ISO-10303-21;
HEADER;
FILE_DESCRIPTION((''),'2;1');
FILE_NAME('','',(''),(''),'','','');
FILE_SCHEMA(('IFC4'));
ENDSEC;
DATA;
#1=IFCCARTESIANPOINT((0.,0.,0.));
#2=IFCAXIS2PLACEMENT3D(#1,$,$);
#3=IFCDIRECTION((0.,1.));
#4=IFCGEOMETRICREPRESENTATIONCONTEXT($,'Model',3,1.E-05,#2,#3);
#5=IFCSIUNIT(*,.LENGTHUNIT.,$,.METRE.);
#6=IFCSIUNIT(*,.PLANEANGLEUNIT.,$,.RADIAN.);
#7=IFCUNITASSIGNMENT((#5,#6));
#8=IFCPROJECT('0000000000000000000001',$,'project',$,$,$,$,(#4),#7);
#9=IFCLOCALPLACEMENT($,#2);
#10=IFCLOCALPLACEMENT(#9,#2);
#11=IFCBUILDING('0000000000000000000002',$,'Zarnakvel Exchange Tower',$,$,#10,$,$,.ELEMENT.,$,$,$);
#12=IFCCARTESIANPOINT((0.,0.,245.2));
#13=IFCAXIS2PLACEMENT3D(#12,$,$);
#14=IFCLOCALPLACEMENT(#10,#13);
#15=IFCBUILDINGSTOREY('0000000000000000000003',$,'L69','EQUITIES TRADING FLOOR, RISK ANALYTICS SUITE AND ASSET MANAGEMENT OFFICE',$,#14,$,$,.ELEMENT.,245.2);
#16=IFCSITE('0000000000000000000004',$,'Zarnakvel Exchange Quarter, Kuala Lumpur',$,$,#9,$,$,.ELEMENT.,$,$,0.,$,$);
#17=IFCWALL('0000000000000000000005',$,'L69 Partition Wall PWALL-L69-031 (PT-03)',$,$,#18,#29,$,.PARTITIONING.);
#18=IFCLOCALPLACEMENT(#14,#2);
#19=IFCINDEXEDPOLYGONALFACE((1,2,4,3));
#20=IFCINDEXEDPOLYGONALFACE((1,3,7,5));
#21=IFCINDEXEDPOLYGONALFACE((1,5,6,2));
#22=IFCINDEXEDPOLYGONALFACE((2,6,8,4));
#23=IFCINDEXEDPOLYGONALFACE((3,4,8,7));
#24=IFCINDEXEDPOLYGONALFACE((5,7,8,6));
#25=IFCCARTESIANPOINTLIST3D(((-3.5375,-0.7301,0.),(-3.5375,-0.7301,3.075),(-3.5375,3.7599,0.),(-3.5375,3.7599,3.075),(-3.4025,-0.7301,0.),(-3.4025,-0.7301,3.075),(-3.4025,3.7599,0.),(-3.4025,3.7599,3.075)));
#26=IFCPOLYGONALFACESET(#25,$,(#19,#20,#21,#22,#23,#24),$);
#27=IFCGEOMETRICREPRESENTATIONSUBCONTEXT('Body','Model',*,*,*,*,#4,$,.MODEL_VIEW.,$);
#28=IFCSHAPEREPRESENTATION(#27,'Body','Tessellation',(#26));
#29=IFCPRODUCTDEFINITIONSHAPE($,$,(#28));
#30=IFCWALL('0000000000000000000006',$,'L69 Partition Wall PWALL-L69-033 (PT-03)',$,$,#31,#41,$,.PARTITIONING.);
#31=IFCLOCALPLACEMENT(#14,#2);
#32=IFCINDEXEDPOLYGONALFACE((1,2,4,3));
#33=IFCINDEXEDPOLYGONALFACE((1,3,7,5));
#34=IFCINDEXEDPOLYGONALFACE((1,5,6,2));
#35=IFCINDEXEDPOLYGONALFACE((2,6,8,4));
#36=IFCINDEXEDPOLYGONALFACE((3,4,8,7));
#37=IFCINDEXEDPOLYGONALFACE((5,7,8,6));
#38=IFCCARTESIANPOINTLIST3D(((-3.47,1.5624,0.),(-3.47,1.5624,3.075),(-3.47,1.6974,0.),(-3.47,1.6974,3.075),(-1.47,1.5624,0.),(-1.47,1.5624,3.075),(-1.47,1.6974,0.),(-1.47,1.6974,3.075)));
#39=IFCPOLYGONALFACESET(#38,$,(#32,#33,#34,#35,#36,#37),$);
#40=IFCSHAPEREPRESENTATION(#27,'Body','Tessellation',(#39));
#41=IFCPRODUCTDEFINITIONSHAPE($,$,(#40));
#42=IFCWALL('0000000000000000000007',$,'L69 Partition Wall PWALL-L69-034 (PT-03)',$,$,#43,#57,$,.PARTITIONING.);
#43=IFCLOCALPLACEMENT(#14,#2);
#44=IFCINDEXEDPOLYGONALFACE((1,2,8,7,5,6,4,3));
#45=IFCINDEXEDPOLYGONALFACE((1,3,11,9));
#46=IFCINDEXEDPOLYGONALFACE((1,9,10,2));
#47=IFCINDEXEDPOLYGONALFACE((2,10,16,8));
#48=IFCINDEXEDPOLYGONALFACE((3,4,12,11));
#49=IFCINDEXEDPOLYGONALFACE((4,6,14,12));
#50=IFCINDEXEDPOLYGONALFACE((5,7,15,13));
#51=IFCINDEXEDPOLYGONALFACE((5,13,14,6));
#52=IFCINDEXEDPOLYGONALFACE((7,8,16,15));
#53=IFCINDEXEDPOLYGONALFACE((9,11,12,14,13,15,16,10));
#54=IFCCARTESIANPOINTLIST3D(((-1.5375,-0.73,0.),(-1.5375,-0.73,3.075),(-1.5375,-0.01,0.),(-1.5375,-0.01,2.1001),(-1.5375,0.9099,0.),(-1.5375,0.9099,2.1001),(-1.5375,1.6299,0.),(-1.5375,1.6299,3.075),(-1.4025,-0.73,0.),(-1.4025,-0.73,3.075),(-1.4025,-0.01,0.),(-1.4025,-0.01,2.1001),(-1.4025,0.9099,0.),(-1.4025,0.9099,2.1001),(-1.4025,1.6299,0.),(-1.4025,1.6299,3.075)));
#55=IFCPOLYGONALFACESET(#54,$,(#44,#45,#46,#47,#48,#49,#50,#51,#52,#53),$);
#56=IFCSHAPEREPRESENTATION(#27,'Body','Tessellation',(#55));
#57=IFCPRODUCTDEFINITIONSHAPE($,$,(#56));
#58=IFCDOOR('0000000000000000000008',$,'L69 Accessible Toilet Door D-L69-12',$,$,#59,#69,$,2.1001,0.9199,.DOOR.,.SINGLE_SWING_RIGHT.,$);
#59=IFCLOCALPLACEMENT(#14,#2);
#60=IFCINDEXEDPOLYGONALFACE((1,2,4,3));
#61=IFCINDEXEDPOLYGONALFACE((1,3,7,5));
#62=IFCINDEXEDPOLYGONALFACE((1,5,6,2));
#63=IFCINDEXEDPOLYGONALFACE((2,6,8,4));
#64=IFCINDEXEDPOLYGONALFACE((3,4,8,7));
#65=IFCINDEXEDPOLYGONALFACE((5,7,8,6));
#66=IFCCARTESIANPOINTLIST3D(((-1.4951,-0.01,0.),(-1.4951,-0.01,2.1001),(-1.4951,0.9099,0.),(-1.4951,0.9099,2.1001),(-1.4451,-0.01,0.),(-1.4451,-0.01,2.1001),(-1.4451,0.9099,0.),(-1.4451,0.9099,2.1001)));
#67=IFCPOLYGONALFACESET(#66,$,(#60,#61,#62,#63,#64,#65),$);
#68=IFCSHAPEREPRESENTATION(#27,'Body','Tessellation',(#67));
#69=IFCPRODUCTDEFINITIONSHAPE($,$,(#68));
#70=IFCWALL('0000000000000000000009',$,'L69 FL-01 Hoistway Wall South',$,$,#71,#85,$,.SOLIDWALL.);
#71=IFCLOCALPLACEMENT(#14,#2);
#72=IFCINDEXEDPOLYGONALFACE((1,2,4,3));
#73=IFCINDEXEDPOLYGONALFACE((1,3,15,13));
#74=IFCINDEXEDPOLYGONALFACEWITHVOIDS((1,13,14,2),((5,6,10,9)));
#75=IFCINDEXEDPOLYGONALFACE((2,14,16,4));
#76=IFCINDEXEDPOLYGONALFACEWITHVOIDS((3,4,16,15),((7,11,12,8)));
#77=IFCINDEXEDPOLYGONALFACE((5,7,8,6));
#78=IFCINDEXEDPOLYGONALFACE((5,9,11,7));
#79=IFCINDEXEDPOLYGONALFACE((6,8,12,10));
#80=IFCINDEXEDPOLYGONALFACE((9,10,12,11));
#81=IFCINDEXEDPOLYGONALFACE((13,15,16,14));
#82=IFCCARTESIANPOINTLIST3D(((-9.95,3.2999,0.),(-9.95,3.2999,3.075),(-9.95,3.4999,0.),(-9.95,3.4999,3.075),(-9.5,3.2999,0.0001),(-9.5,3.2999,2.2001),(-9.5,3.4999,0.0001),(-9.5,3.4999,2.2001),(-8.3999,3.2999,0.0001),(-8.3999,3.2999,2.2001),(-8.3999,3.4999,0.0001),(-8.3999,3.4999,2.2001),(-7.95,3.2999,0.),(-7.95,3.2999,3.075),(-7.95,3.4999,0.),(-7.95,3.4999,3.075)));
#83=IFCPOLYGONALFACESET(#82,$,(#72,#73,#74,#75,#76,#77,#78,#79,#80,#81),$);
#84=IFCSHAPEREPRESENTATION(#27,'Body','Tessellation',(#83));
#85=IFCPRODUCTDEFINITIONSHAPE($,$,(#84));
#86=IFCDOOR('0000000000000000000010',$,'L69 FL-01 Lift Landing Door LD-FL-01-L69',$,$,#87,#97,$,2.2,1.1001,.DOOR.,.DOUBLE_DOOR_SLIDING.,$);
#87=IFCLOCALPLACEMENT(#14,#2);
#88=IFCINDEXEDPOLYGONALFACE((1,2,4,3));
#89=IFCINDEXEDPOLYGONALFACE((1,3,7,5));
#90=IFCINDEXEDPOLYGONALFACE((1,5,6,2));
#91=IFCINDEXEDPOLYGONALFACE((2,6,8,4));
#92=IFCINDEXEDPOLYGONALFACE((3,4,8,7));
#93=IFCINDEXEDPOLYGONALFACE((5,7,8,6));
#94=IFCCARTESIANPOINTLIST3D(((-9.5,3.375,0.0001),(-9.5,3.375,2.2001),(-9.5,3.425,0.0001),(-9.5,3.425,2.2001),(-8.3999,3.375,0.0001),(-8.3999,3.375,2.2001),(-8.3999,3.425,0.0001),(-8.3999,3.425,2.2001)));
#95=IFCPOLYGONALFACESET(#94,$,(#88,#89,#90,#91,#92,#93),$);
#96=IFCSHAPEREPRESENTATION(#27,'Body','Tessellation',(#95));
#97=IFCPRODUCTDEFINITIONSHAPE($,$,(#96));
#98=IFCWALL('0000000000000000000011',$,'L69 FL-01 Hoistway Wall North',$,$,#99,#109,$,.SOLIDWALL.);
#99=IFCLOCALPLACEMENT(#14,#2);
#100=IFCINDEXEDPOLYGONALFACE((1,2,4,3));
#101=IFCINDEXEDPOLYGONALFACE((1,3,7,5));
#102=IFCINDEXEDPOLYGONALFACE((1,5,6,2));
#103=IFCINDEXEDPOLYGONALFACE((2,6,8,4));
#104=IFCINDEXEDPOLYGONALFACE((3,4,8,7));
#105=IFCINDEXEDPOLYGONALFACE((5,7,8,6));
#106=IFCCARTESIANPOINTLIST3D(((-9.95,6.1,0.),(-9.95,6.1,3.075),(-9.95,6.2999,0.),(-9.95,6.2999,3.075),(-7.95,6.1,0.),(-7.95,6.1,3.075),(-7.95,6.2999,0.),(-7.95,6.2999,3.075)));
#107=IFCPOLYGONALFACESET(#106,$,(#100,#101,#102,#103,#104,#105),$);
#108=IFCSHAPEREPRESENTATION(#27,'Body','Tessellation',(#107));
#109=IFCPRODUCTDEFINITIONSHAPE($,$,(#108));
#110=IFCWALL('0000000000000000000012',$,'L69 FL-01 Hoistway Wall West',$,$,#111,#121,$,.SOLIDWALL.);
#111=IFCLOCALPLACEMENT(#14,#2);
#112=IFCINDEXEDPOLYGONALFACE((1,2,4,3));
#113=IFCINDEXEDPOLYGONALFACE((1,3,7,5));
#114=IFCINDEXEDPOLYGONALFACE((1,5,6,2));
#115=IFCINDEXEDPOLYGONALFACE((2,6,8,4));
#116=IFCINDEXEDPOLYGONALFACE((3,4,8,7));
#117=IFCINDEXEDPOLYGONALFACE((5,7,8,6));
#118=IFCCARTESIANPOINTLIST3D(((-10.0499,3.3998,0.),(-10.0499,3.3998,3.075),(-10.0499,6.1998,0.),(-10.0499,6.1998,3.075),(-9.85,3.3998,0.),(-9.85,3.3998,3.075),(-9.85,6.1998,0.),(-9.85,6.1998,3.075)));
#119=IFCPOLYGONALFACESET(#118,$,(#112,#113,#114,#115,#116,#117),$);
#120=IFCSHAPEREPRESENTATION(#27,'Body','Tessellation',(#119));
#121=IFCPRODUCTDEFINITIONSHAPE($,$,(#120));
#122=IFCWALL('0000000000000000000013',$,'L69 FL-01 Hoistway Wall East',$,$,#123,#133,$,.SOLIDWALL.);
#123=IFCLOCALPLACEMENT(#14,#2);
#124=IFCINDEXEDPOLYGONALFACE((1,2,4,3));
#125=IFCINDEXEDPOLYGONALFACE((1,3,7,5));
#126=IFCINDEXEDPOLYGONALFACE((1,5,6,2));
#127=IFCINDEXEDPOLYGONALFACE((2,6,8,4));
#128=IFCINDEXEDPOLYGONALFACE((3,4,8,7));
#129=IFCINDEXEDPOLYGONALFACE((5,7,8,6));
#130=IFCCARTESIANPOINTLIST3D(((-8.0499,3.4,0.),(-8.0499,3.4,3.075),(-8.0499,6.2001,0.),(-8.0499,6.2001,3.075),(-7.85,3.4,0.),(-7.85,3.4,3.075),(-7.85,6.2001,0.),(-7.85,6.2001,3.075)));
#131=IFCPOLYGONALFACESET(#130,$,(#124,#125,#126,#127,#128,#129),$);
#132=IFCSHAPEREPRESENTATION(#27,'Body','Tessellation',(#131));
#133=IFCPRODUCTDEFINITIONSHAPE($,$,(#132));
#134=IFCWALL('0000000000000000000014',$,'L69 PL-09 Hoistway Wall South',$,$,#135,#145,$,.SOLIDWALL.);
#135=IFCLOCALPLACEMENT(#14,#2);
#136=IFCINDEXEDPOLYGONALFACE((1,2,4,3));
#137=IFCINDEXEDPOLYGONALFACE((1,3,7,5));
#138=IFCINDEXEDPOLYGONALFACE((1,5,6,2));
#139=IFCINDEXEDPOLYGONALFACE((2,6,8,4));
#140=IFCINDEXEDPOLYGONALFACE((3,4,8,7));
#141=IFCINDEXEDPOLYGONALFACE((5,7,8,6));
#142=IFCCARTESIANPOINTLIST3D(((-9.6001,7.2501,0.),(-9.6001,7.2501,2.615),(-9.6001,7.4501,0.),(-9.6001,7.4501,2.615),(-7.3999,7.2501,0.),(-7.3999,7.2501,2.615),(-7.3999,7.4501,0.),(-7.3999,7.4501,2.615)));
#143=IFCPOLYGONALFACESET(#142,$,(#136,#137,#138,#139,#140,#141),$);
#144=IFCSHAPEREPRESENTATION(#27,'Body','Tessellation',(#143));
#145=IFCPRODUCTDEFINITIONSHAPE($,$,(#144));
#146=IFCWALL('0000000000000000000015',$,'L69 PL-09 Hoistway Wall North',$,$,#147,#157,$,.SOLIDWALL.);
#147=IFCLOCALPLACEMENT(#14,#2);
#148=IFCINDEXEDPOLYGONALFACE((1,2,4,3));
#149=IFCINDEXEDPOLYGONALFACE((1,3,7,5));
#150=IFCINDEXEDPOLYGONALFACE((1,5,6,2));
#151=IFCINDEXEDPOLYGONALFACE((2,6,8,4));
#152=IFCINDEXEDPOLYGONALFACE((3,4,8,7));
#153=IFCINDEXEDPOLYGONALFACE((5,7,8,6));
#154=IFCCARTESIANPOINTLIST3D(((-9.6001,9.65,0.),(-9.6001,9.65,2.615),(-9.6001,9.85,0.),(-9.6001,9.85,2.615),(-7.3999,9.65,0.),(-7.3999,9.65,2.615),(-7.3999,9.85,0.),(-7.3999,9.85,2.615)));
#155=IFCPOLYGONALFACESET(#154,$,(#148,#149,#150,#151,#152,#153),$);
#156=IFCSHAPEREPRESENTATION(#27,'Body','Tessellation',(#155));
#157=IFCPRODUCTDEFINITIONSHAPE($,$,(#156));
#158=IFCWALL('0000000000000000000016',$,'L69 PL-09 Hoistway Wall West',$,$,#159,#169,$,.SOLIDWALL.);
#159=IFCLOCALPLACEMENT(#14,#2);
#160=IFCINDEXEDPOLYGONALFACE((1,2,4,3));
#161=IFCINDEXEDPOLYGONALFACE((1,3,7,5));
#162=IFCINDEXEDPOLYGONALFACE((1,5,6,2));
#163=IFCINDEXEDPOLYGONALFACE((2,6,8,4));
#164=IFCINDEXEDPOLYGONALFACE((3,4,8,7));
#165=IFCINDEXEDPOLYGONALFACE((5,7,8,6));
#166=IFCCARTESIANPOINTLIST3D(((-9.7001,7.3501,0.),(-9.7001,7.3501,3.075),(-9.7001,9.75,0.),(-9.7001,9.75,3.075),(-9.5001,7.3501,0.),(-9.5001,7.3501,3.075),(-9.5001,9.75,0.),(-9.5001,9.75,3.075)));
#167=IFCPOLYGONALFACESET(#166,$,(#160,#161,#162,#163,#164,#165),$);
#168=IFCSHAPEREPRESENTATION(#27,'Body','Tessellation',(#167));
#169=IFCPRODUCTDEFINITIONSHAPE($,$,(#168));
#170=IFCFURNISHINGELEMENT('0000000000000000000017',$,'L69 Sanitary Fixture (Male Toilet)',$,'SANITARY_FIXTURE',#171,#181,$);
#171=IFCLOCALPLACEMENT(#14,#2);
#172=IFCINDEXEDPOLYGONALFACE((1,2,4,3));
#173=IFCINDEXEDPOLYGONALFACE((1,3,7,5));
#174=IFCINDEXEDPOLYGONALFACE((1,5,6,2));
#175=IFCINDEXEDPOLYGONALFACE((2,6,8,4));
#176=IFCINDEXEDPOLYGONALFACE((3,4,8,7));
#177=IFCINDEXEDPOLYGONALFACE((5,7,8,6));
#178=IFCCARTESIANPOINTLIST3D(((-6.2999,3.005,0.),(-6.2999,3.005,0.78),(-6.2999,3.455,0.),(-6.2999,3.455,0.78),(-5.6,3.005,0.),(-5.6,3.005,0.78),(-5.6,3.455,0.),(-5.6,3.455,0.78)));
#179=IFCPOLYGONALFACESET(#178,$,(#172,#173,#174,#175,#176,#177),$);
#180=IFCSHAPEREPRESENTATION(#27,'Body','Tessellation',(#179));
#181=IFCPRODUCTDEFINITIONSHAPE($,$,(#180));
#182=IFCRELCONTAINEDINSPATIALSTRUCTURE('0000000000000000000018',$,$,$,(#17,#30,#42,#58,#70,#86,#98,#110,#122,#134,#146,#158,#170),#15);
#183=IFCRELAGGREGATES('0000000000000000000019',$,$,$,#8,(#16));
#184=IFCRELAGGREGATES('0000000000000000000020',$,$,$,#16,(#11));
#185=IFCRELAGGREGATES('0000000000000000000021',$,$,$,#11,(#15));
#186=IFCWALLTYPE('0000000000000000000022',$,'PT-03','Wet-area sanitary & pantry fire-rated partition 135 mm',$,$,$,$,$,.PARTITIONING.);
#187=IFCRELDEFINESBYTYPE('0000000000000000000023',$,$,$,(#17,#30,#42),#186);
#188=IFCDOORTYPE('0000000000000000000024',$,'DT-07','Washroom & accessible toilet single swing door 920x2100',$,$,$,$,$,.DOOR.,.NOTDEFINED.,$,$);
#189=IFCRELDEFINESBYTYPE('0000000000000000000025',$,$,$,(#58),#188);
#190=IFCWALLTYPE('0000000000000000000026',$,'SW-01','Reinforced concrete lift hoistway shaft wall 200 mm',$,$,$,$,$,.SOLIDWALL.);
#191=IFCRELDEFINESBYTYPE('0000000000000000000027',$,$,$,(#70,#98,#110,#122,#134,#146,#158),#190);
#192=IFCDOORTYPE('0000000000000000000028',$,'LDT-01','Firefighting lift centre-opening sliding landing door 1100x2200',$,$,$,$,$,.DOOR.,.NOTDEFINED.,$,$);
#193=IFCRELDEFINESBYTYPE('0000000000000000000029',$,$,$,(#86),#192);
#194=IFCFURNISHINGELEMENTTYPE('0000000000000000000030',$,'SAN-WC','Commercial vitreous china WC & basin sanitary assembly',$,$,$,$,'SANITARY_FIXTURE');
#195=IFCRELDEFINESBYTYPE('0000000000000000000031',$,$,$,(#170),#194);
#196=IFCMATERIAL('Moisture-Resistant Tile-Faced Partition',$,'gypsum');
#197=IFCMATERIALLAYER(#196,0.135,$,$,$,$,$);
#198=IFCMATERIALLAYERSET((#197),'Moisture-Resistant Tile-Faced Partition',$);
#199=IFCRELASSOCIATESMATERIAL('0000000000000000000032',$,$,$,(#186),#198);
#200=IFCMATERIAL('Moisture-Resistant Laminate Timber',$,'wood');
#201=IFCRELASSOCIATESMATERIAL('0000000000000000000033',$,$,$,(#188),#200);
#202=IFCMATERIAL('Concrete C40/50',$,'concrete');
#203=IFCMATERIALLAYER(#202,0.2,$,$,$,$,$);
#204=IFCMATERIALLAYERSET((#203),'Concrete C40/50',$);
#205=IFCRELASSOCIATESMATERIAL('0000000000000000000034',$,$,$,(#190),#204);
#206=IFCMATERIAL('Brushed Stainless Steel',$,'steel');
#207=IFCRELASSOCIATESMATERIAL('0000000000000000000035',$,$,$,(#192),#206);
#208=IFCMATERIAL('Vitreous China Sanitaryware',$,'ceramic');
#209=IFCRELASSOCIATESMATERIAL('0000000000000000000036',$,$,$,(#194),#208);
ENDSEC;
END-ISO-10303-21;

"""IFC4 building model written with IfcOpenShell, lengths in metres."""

from ifc_helpers import new_model, si_unit, direction, frame, frame_2d, origin, origin_2d, place, context, subcontext, project, spatial, rectangle, extrude, source, transform, mapped, material, layer, layer_set, type_object, element, fill, save


model = new_model("IFC4")

# Units and contexts
model_context = context("Model", 3, precision=1e-05, world=origin(), true_north=direction((0.0, 1.0)))
body_context = subcontext(model_context, "Body", "Model", "MODEL_VIEW")
ifc_project = project(units=[si_unit("LENGTHUNIT", "METRE"), si_unit("PLANEANGLEUNIT", "RADIAN")], contexts=[model_context])

# Site, building, storey
site_placement = place(None, origin())
site = spatial("IfcSite", under=ifc_project, at=site_placement, Name="Zarnakvel Exchange Quarter, Kuala Lumpur", CompositionType="ELEMENT", RefElevation=0.0)
building_placement = place(site_placement, origin())
building = spatial("IfcBuilding", under=site, at=building_placement, Name="Zarnakvel Exchange Tower", CompositionType="ELEMENT")
storey_placement = place(building_placement, frame((0.0, 0.0, 245.2)))
storey = spatial("IfcBuildingStorey", under=building, at=storey_placement, Name="L69", Description="EQUITIES TRADING FLOOR, RISK ANALYTICS SUITE AND ASSET MANAGEMENT OFFICE", CompositionType="ELEMENT", Elevation=245.2)

# Walls
ifc_material_1 = material(Name="Moisture-Resistant Tile-Faced Partition", Category="gypsum")
ifc_layer_1 = layer(ifc_material_1, 0.135)
ifc_layer_set_1 = layer_set([ifc_layer_1], Name="Moisture-Resistant Tile-Faced Partition")
wall_type_1 = type_object("IfcWallType", Name="PT-03", Description="Wet-area sanitary & pantry fire-rated partition 135 mm", PredefinedType="PARTITIONING", material=ifc_layer_set_1)
wall_1_placement = place(storey_placement, frame((-3.47, 3.76, 0.0), z_axis=(0.0, 0.0, 1.0), x_axis=(0.0, -1.0, 0.0)))
element("IfcWall", 1, at=wall_1_placement, inside=storey, type_object=wall_type_1, Name="L69 Partition Wall PWALL-L69-031 (PT-03)", PredefinedType="PARTITIONING", context=body_context, shape_type="SweptSolid", body=[
    extrude(rectangle(XDim=4.49, YDim=0.135, at=frame_2d((2.2451, 0.0))), origin(), (0.0, 0.0, 1.0), 3.075),
])
wall_2_placement = place(storey_placement, frame((-3.47, 1.6299, 0.0), z_axis=(0.0, 0.0, 1.0), x_axis=(1.0, 0.0, 0.0)))
element("IfcWall", 2, at=wall_2_placement, inside=storey, type_object=wall_type_1, Name="L69 Partition Wall PWALL-L69-033 (PT-03)", PredefinedType="PARTITIONING", context=body_context, shape_type="SweptSolid", body=[
    extrude(rectangle(XDim=2.0, YDim=0.135, at=frame_2d((1.0, 0.0))), origin(), (0.0, 0.0, 1.0), 3.075),
])

# Walls, openings, doors
wall_3_placement = place(storey_placement, frame((-1.47, 1.6299, 0.0), z_axis=(0.0, 0.0, 1.0), x_axis=(0.0, -1.0, 0.0)))
wall_3 = element("IfcWall", 3, at=wall_3_placement, inside=storey, type_object=wall_type_1, Name="L69 Partition Wall PWALL-L69-034 (PT-03)", PredefinedType="PARTITIONING", context=body_context, shape_type="SweptSolid", body=[
    extrude(rectangle(XDim=2.3599, YDim=0.135, at=frame_2d((1.1799, 0.0))), origin(), (0.0, 0.0, 1.0), 3.075),
])
opening_1_placement = place(wall_3_placement, frame((0.72, 0.0, 0.0)))
opening_1 = element("IfcOpeningElement", 4, at=opening_1_placement, cuts=wall_3, PredefinedType="OPENING", context=body_context, shape_type="SweptSolid", body=[
    extrude(rectangle(XDim=0.9199, YDim=2.1001, at=frame_2d((0.46, 1.05))), frame((0.0, 0.0774, 0.0), z_axis=(0.0, -1.0, 0.0), x_axis=(1.0, 0.0, 0.0)), (0.0, 0.0, 1.0), 0.155),
])
ifc_material_2 = material(Name="Moisture-Resistant Laminate Timber", Category="wood")
door_type_1 = type_object("IfcDoorType", Name="DT-07", Description="Washroom & accessible toilet single swing door 920x2100", OperationType="NOTDEFINED", PredefinedType="DOOR", material=ifc_material_2)
shared_shape_1 = source(origin(), body_context, "Body", "SweptSolid", [
    extrude(rectangle(XDim=0.9199, YDim=2.1001, at=frame_2d((0.46, 1.05))), frame((0.0, 0.0249, 0.0), z_axis=(0.0, -1.0, 0.0), x_axis=(1.0, 0.0, 0.0)), (0.0, 0.0, 1.0), 0.05),
])
door_1_placement = place(opening_1_placement, origin())
door_1 = element("IfcDoor", 5, at=door_1_placement, inside=storey, type_object=door_type_1, Name="L69 Accessible Toilet Door D-L69-12", OperationType="SINGLE_SWING_RIGHT", OverallHeight=2.1001, OverallWidth=0.9199, PredefinedType="DOOR", context=body_context, shape_type="MappedRepresentation", body=[
    mapped(shared_shape_1, transform((0.0, 0.0, 0.0), x_axis=(1.0, 0.0, 0.0), y_axis=(0.0, 1.0, 0.0), z_axis=(0.0, 0.0, 1.0), scale=1.0)),
])
fill(opening_1, door_1)
ifc_material_3 = material(Name="Concrete C40/50", Category="concrete")
ifc_layer_2 = layer(ifc_material_3, 0.2)
ifc_layer_set_2 = layer_set([ifc_layer_2], Name="Concrete C40/50")
wall_type_2 = type_object("IfcWallType", Name="SW-01", Description="Reinforced concrete lift hoistway shaft wall 200 mm", PredefinedType="SOLIDWALL", material=ifc_layer_set_2)
wall_4_placement = place(storey_placement, frame((-7.95, 3.3999, 0.0), z_axis=(0.0, 0.0, 1.0), x_axis=(-1.0, 0.0, 0.0)))
wall_4 = element("IfcWall", 6, at=wall_4_placement, inside=storey, type_object=wall_type_2, Name="L69 FL-01 Hoistway Wall South", PredefinedType="SOLIDWALL", context=body_context, shape_type="SweptSolid", body=[
    extrude(rectangle(XDim=2.0, YDim=0.2, at=frame_2d((1.0, 0.0))), origin(), (0.0, 0.0, 1.0), 3.075),
])
opening_2_placement = place(wall_4_placement, frame((0.45, 0.0, 0.0)))
opening_2 = element("IfcOpeningElement", 7, at=opening_2_placement, cuts=wall_4, PredefinedType="OPENING", context=body_context, shape_type="SweptSolid", body=[
    extrude(rectangle(XDim=1.1001, YDim=2.2, at=frame_2d((0.55, 1.1001))), frame((0.0, 0.1099, 0.0), z_axis=(0.0, -1.0, 0.0), x_axis=(1.0, 0.0, 0.0)), (0.0, 0.0, 1.0), 0.22),
])
ifc_material_4 = material(Name="Brushed Stainless Steel", Category="steel")
door_type_2 = type_object("IfcDoorType", Name="LDT-01", Description="Firefighting lift centre-opening sliding landing door 1100x2200", OperationType="NOTDEFINED", PredefinedType="DOOR", material=ifc_material_4)
shared_shape_2 = source(origin(), body_context, "Body", "SweptSolid", [
    extrude(rectangle(XDim=1.1001, YDim=2.2, at=frame_2d((0.55, 1.1001))), frame((0.0, 0.0249, 0.0), z_axis=(0.0, -1.0, 0.0), x_axis=(1.0, 0.0, 0.0)), (0.0, 0.0, 1.0), 0.05),
])
door_2_placement = place(opening_2_placement, origin())
door_2 = element("IfcDoor", 8, at=door_2_placement, inside=storey, type_object=door_type_2, Name="L69 FL-01 Lift Landing Door LD-FL-01-L69", OperationType="DOUBLE_DOOR_SLIDING", OverallHeight=2.2, OverallWidth=1.1001, PredefinedType="DOOR", context=body_context, shape_type="MappedRepresentation", body=[
    mapped(shared_shape_2, transform((0.0, 0.0, 0.0), x_axis=(1.0, 0.0, 0.0), y_axis=(0.0, 1.0, 0.0), z_axis=(0.0, 0.0, 1.0), scale=1.0)),
])
fill(opening_2, door_2)

# Walls
wall_5_placement = place(storey_placement, frame((-9.95, 6.2, 0.0), z_axis=(0.0, 0.0, 1.0), x_axis=(1.0, 0.0, 0.0)))
element("IfcWall", 9, at=wall_5_placement, inside=storey, type_object=wall_type_2, Name="L69 FL-01 Hoistway Wall North", PredefinedType="SOLIDWALL", context=body_context, shape_type="SweptSolid", body=[
    extrude(rectangle(XDim=2.0, YDim=0.2, at=frame_2d((1.0, 0.0))), origin(), (0.0, 0.0, 1.0), 3.075),
])
for number, where, z_axis, x_axis, name in (
    (10, (-9.95, 3.3999, 0.0), (0.0, 0.0, 1.0), (0.0, 1.0, 0.0), "L69 FL-01 Hoistway Wall West"),
    (11, (-7.95, 6.2, 0.0), (0.0, 0.0, 1.0), (0.0, -1.0, 0.0), "L69 FL-01 Hoistway Wall East"),
):
    element("IfcWall", number, at=place(storey_placement, frame(where, z_axis=z_axis, x_axis=x_axis)), inside=storey, type_object=wall_type_2, Name=name, PredefinedType="SOLIDWALL", context=body_context, shape_type="SweptSolid", body=[
        extrude(rectangle(XDim=2.8, YDim=0.2, at=frame_2d((1.3999, 0.0))), origin(), (0.0, 0.0, 1.0), 3.075),
    ])
for number, where, z_axis, x_axis, name in (
    (12, (-7.3999, 7.3501, 0.0), (0.0, 0.0, 1.0), (-1.0, 0.0, 0.0), "L69 PL-09 Hoistway Wall South"),
    (13, (-9.6001, 9.75, 0.0), (0.0, 0.0, 1.0), (1.0, 0.0, 0.0), "L69 PL-09 Hoistway Wall North"),
):
    element("IfcWall", number, at=place(storey_placement, frame(where, z_axis=z_axis, x_axis=x_axis)), inside=storey, type_object=wall_type_2, Name=name, PredefinedType="SOLIDWALL", context=body_context, shape_type="SweptSolid", body=[
        extrude(rectangle(XDim=2.2002, YDim=0.2, at=frame_2d((1.1001, 0.0))), origin(), (0.0, 0.0, 1.0), 2.615),
    ])
wall_6_placement = place(storey_placement, frame((-9.6001, 7.3501, 0.0), z_axis=(0.0, 0.0, 1.0), x_axis=(0.0, 1.0, 0.0)))
element("IfcWall", 14, at=wall_6_placement, inside=storey, type_object=wall_type_2, Name="L69 PL-09 Hoistway Wall West", PredefinedType="SOLIDWALL", context=body_context, shape_type="SweptSolid", body=[
    extrude(rectangle(XDim=2.3999, YDim=0.2, at=frame_2d((1.2, 0.0))), origin(), (0.0, 0.0, 1.0), 3.075),
])

# Furnishing element
ifc_material_5 = material(Name="Vitreous China Sanitaryware", Category="ceramic")
furnishing_element_type = type_object("IfcFurnishingElementType", Name="SAN-WC", Description="Commercial vitreous china WC & basin sanitary assembly", ElementType="SANITARY_FIXTURE", material=ifc_material_5)
shared_shape_3 = source(origin(), body_context, "Body", "SweptSolid", [
    extrude(rectangle(XDim=0.7, YDim=0.45, at=origin_2d()), origin(), (0.0, 0.0, 1.0), 0.78),
])
for number, where, z_axis, x_axis, name in (
    (15, (-5.95, 3.23, 0.0), (0.0, 0.0, 1.0), (1.0, 0.0, 0.0), "L69 Sanitary Fixture (Male Toilet)"),
):
    element("IfcFurnishingElement", number, at=place(storey_placement, frame(where, z_axis=z_axis, x_axis=x_axis)), inside=storey, type_object=furnishing_element_type, Name=name, ObjectType="SANITARY_FIXTURE", context=body_context, shape_type="MappedRepresentation", body=[
        mapped(shared_shape_3, transform((0.0, 0.0, 0.0), x_axis=(1.0, 0.0, 0.0), y_axis=(0.0, 1.0, 0.0), z_axis=(0.0, 0.0, 1.0), scale=1.0)),
    ])

save(model, "model.ifc")
